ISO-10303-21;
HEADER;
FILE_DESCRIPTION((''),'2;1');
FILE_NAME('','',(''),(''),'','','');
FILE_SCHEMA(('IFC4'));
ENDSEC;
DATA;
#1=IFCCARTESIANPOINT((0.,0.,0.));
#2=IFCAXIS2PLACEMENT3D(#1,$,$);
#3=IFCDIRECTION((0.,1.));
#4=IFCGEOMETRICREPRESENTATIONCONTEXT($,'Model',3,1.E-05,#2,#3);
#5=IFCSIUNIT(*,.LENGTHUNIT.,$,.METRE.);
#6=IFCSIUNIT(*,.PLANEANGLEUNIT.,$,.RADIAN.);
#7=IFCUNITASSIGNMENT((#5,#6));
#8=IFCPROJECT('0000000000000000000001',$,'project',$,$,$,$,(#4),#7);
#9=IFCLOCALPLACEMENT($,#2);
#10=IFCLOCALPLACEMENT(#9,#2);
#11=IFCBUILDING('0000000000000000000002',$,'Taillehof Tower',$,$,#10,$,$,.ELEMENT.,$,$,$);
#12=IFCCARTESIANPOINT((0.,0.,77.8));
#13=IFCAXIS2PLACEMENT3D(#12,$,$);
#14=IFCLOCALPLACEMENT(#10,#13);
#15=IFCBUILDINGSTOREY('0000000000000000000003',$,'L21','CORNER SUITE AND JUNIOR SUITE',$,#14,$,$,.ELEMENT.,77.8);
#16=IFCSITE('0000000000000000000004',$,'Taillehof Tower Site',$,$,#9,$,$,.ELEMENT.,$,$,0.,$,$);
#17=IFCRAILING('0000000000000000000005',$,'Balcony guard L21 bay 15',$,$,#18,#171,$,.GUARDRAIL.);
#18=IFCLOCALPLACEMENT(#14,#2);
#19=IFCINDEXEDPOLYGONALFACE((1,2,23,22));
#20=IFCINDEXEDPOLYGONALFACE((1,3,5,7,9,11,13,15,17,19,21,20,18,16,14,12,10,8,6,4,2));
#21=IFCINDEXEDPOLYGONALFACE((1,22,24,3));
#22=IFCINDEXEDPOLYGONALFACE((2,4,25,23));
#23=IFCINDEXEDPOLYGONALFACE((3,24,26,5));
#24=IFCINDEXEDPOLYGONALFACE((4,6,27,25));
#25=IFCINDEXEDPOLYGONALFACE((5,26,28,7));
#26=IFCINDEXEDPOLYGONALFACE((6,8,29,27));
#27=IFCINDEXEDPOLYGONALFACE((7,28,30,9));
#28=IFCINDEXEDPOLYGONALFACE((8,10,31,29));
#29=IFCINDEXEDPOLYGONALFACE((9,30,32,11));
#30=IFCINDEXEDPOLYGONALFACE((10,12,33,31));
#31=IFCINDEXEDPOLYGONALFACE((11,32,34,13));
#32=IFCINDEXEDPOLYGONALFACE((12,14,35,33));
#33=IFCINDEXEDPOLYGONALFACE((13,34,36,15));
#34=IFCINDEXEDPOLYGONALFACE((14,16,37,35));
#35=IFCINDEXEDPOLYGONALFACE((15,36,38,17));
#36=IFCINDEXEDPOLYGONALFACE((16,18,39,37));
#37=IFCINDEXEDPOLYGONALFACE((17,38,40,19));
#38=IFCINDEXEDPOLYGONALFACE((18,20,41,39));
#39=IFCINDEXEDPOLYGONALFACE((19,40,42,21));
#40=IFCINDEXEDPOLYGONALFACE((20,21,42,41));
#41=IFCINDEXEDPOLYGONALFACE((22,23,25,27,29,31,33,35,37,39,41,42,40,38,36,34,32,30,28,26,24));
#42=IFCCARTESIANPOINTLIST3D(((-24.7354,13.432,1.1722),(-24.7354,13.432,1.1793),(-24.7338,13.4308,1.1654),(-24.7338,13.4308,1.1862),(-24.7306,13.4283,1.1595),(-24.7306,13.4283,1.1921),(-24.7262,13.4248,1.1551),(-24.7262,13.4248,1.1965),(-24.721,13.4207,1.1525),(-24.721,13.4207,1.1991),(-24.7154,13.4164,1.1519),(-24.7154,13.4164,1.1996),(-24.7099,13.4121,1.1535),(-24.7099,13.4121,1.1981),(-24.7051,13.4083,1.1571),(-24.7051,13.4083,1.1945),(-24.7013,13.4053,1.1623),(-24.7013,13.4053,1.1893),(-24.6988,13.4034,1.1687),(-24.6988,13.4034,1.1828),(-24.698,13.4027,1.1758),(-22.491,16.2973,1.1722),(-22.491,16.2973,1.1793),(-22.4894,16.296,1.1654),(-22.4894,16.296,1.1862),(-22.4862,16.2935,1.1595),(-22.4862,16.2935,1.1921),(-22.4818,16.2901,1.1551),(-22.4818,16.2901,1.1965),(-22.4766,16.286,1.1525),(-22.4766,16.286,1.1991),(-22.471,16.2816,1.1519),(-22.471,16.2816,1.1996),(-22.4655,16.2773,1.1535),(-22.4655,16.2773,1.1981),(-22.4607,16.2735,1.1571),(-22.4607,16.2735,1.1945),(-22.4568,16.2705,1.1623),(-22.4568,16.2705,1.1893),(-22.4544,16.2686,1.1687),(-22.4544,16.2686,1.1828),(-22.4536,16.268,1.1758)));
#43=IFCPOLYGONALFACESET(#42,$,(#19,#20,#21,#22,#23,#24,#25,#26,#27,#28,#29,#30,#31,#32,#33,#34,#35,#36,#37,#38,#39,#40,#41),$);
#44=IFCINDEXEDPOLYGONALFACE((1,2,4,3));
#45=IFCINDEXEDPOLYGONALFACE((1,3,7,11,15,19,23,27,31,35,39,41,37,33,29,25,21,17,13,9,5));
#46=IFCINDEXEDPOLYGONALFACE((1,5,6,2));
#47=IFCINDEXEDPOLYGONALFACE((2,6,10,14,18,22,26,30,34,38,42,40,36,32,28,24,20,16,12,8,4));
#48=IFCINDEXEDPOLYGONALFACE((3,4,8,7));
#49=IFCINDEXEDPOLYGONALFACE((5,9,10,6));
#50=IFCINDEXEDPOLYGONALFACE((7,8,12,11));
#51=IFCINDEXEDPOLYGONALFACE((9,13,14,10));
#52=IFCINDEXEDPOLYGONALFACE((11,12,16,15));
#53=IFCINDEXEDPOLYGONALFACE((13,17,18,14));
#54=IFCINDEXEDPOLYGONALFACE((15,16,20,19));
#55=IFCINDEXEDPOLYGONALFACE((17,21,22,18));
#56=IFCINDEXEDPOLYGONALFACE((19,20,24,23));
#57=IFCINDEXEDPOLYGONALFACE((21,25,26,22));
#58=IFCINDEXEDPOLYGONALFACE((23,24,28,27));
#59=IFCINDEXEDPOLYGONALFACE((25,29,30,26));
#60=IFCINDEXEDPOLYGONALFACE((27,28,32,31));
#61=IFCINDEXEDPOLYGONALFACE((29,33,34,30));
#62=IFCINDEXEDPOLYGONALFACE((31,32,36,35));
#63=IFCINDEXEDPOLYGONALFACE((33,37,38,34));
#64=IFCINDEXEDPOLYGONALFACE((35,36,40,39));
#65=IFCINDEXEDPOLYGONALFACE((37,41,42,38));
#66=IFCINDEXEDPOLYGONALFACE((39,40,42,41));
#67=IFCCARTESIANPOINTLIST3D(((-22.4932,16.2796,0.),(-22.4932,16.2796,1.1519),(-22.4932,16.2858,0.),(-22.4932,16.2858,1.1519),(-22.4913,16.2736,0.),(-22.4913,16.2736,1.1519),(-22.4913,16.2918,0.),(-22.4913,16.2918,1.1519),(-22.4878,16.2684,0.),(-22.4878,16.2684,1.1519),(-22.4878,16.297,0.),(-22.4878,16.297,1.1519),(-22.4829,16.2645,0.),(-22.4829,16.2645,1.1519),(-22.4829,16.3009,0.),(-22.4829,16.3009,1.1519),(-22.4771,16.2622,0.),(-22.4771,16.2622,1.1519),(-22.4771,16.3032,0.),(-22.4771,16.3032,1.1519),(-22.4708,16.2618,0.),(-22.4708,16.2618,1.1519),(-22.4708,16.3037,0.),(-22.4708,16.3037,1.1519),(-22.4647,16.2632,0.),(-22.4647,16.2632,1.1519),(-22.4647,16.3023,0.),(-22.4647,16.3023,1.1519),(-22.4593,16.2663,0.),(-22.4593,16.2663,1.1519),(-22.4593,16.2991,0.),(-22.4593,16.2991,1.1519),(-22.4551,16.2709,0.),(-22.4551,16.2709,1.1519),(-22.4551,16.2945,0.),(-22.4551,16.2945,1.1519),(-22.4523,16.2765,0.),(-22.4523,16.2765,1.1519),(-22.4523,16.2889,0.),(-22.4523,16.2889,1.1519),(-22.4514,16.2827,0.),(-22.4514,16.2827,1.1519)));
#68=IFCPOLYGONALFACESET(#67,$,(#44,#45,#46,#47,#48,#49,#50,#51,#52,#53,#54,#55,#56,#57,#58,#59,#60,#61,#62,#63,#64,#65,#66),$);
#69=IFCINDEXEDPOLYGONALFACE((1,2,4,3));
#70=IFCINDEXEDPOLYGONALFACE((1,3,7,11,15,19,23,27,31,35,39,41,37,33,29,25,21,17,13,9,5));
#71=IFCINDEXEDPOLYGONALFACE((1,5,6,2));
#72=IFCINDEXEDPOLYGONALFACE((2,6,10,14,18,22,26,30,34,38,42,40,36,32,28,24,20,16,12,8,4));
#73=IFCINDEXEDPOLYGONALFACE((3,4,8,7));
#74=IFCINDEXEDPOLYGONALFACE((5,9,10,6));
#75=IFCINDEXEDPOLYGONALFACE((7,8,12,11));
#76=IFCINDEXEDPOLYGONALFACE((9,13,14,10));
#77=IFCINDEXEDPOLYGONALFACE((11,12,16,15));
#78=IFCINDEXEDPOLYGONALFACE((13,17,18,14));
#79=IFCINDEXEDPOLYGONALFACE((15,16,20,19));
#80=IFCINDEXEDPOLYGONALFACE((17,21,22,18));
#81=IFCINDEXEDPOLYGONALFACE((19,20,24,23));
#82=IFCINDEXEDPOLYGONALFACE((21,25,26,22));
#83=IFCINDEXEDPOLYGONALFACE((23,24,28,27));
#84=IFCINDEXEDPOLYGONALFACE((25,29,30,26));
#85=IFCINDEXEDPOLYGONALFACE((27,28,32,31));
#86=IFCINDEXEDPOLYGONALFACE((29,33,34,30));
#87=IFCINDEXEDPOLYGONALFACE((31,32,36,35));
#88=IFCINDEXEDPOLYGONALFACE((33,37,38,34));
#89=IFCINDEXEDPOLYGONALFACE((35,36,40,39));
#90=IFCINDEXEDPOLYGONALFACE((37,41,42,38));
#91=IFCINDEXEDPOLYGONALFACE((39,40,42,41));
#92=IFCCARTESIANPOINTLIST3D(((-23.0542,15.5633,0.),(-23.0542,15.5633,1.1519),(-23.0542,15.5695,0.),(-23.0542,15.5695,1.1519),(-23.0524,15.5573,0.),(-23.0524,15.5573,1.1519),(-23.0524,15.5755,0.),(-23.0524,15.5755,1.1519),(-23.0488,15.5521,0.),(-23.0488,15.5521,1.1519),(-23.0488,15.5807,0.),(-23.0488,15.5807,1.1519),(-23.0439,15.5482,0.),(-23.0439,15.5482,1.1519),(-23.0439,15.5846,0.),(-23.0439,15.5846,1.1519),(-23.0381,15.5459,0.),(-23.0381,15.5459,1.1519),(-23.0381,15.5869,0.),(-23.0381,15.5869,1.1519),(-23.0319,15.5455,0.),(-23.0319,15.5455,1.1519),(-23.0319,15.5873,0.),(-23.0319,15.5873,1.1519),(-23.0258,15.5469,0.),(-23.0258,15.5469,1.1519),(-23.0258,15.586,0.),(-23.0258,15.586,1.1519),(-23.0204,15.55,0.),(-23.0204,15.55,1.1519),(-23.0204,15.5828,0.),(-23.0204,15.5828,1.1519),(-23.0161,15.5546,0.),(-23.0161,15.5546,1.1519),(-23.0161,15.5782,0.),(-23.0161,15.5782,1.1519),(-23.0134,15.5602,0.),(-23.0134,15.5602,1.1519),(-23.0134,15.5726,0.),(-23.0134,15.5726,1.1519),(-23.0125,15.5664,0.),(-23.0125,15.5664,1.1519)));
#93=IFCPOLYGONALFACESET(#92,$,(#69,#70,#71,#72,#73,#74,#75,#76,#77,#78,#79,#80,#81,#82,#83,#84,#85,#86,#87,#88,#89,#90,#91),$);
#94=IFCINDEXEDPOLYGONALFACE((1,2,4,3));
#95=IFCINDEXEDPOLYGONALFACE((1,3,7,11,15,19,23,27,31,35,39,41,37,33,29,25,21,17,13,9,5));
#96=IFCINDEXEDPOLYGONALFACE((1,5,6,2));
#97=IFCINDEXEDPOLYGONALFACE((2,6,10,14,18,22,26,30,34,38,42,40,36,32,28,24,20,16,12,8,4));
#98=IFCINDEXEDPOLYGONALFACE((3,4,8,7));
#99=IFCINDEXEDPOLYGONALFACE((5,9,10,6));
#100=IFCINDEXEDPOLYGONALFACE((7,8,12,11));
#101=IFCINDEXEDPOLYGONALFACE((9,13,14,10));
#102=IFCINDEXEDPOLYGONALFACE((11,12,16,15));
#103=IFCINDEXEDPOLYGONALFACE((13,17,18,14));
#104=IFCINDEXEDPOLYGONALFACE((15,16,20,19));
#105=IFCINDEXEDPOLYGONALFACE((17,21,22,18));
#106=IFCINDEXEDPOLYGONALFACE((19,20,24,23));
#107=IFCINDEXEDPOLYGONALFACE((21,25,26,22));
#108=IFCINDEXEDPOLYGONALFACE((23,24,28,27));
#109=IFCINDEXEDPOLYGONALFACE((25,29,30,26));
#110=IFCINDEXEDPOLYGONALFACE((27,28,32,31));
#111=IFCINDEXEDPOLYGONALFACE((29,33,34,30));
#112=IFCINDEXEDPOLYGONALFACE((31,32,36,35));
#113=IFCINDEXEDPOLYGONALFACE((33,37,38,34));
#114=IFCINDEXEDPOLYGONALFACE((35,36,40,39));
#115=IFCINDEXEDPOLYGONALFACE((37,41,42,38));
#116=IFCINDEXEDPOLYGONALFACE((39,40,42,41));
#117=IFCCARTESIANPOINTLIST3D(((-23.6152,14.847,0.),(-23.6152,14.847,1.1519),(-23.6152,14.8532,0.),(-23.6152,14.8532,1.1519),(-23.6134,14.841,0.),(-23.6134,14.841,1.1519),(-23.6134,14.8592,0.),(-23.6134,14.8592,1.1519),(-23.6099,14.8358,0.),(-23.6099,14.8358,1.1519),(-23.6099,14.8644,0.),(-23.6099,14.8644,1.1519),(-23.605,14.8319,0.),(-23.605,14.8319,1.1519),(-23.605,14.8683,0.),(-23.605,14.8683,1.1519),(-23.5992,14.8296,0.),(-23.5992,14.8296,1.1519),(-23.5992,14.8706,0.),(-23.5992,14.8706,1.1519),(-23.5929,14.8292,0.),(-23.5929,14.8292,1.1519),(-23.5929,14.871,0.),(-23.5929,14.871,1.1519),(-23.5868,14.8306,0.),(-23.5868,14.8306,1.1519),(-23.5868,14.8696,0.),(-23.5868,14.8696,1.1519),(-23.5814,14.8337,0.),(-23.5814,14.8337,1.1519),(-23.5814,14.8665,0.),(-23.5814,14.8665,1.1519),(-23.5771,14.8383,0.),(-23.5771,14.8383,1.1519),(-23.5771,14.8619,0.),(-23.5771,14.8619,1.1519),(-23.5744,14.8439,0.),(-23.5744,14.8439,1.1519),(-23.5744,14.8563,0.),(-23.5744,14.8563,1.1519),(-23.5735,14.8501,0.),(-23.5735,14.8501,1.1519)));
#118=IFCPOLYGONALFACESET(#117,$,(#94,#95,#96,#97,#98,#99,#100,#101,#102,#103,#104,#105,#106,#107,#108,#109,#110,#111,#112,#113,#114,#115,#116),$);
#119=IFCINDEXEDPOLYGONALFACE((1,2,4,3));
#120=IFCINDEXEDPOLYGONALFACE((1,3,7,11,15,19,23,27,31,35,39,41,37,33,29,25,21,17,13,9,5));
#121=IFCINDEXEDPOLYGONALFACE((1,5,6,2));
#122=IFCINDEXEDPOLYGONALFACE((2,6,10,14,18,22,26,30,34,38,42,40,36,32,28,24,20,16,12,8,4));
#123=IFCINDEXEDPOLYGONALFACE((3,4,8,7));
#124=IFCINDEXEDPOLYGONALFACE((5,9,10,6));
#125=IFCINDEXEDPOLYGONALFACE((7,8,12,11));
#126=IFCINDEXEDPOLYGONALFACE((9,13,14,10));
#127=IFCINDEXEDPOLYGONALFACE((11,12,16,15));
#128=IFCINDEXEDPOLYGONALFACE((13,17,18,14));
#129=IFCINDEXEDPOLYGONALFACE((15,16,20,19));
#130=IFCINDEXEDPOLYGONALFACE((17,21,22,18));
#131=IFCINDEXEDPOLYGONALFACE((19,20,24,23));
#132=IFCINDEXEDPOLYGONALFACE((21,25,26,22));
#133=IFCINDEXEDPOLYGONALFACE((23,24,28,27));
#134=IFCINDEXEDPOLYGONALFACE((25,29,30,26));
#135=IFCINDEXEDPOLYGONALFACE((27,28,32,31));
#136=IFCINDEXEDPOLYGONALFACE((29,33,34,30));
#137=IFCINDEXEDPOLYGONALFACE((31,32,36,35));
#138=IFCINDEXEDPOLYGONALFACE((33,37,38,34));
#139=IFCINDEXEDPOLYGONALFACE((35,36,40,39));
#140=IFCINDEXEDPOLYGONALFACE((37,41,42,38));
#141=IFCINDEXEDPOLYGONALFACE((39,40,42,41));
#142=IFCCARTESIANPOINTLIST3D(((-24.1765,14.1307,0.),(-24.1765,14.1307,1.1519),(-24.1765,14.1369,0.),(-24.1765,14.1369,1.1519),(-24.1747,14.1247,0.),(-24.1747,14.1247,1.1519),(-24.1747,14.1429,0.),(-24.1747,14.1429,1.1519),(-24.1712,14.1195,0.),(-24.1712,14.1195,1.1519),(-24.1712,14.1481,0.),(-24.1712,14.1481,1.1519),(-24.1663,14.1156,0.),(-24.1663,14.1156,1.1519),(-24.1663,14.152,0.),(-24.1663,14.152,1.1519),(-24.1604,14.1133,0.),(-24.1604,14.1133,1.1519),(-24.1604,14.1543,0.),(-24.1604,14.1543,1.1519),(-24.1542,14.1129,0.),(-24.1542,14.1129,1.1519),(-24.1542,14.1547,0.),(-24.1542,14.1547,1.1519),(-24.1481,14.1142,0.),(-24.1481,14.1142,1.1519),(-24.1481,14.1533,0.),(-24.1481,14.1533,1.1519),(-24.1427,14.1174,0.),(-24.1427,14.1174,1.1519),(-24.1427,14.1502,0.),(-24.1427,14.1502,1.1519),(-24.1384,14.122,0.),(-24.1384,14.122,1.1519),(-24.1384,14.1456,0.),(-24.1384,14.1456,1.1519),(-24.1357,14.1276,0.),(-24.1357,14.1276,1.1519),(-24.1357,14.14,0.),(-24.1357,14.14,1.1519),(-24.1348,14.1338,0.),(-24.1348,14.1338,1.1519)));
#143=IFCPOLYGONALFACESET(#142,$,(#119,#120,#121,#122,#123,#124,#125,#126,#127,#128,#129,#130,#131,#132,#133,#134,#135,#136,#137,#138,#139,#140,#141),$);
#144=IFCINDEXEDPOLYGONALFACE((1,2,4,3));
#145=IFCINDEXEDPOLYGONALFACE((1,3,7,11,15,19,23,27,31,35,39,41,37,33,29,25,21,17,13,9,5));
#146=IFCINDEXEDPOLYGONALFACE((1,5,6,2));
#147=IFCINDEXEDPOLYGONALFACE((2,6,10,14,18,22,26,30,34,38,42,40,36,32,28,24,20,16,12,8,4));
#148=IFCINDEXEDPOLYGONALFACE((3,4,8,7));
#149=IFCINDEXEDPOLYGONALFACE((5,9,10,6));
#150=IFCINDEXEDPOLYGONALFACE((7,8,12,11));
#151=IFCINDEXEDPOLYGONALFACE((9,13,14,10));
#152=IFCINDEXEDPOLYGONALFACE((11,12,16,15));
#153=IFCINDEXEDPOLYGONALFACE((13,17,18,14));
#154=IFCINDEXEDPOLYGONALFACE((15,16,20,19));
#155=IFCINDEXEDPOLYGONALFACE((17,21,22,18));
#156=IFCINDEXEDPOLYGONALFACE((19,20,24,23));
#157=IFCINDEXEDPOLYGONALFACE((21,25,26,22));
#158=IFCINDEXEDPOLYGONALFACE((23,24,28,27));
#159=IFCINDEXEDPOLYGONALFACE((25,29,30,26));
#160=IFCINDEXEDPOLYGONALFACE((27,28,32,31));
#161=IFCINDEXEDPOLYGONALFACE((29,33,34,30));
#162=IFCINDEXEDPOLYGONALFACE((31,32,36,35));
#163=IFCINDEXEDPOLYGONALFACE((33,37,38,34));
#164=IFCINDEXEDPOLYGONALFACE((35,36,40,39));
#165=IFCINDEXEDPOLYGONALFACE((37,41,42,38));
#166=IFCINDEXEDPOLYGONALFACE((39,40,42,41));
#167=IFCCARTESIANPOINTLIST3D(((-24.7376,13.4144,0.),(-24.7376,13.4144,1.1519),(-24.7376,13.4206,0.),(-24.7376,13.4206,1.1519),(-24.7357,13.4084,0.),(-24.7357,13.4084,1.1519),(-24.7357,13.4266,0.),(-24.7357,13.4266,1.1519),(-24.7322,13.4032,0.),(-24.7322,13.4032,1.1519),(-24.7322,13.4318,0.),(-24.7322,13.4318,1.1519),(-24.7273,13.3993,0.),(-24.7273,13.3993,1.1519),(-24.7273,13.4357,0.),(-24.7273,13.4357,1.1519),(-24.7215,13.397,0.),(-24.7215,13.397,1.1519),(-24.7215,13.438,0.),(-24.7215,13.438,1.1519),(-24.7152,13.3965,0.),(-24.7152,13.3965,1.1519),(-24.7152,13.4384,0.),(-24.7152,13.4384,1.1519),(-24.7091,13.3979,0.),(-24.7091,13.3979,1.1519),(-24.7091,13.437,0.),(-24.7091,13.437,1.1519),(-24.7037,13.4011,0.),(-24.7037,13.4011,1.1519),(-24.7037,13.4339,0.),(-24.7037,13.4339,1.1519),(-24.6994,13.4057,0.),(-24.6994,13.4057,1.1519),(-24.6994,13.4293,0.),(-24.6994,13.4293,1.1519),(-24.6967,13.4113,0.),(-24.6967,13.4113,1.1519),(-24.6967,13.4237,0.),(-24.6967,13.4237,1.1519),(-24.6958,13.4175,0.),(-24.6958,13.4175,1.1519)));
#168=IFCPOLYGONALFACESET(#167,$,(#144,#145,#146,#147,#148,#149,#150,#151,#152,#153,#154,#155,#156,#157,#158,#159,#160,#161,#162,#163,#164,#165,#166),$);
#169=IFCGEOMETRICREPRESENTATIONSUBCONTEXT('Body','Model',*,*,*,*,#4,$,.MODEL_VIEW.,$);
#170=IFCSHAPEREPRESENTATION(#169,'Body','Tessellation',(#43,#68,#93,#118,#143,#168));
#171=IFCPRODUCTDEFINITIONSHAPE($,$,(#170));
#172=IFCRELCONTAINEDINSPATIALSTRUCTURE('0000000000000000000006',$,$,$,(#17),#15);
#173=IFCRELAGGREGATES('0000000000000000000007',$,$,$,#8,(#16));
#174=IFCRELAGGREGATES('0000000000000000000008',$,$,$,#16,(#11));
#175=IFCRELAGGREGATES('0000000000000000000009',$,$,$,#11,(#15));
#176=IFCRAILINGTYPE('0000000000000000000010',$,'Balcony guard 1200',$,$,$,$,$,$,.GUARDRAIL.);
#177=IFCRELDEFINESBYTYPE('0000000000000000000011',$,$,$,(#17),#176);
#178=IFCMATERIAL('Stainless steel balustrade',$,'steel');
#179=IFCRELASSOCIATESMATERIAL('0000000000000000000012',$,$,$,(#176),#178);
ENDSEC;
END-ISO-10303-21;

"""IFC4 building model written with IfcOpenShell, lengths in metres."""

from ifc_helpers import new_model, si_unit, direction, frame, origin, origin_2d, place, context, subcontext, project, spatial, circle, extrude, material, type_object, element, save


model = new_model("IFC4")

# Units and contexts
model_context = context("Model", 3, precision=1e-05, world=origin(), true_north=direction((0.0, 1.0)))
body_context = subcontext(model_context, "Body", "Model", "MODEL_VIEW")
ifc_project = project(units=[si_unit("LENGTHUNIT", "METRE"), si_unit("PLANEANGLEUNIT", "RADIAN")], contexts=[model_context])

# Site, building, storey
site_placement = place(None, origin())
site = spatial("IfcSite", under=ifc_project, at=site_placement, Name="Taillehof Tower Site", CompositionType="ELEMENT", RefElevation=0.0)
building_placement = place(site_placement, origin())
building = spatial("IfcBuilding", under=site, at=building_placement, Name="Taillehof Tower", CompositionType="ELEMENT")
storey_placement = place(building_placement, frame((0.0, 0.0, 77.8)))
storey = spatial("IfcBuildingStorey", under=building, at=storey_placement, Name="L21", Description="CORNER SUITE AND JUNIOR SUITE", CompositionType="ELEMENT", Elevation=77.8)

# Railing
ifc_material_1 = material(Name="Stainless steel balustrade", Category="steel")
railing_type = type_object("IfcRailingType", Name="Balcony guard 1200", PredefinedType="GUARDRAIL", material=ifc_material_1)
railing_1_placement = place(storey_placement, frame((-22.4724, 16.2827, 0.0)))
element("IfcRailing", 1, at=railing_1_placement, inside=storey, type_object=railing_type, Name="Balcony guard L21 bay 15", PredefinedType="GUARDRAIL", context=body_context, shape_type="SweptSolid", body=[
    extrude(circle(Radius=0.0239, at=origin_2d()), frame((0.0, 0.0, 1.1758), z_axis=(-0.616654, -0.787235, 0.0), x_axis=(0.787235, -0.616654, 0.0)), (0.0, 0.0, 1.0), 3.6396),
    extrude(circle(Radius=0.021, at=origin_2d()), origin(), (0.0, 0.0, 1.0), 1.1519),
    extrude(circle(Radius=0.021, at=origin_2d()), frame((-0.561, -0.7163, 0.0)), (0.0, 0.0, 1.0), 1.1519),
    extrude(circle(Radius=0.021, at=origin_2d()), frame((-1.1221, -1.4326, 0.0)), (0.0, 0.0, 1.0), 1.1519),
    extrude(circle(Radius=0.021, at=origin_2d()), frame((-1.6833, -2.1489, 0.0)), (0.0, 0.0, 1.0), 1.1519),
    extrude(circle(Radius=0.021, at=origin_2d()), frame((-2.2444, -2.8652, 0.0)), (0.0, 0.0, 1.0), 1.1519),
])

save(model, "model.ifc")
